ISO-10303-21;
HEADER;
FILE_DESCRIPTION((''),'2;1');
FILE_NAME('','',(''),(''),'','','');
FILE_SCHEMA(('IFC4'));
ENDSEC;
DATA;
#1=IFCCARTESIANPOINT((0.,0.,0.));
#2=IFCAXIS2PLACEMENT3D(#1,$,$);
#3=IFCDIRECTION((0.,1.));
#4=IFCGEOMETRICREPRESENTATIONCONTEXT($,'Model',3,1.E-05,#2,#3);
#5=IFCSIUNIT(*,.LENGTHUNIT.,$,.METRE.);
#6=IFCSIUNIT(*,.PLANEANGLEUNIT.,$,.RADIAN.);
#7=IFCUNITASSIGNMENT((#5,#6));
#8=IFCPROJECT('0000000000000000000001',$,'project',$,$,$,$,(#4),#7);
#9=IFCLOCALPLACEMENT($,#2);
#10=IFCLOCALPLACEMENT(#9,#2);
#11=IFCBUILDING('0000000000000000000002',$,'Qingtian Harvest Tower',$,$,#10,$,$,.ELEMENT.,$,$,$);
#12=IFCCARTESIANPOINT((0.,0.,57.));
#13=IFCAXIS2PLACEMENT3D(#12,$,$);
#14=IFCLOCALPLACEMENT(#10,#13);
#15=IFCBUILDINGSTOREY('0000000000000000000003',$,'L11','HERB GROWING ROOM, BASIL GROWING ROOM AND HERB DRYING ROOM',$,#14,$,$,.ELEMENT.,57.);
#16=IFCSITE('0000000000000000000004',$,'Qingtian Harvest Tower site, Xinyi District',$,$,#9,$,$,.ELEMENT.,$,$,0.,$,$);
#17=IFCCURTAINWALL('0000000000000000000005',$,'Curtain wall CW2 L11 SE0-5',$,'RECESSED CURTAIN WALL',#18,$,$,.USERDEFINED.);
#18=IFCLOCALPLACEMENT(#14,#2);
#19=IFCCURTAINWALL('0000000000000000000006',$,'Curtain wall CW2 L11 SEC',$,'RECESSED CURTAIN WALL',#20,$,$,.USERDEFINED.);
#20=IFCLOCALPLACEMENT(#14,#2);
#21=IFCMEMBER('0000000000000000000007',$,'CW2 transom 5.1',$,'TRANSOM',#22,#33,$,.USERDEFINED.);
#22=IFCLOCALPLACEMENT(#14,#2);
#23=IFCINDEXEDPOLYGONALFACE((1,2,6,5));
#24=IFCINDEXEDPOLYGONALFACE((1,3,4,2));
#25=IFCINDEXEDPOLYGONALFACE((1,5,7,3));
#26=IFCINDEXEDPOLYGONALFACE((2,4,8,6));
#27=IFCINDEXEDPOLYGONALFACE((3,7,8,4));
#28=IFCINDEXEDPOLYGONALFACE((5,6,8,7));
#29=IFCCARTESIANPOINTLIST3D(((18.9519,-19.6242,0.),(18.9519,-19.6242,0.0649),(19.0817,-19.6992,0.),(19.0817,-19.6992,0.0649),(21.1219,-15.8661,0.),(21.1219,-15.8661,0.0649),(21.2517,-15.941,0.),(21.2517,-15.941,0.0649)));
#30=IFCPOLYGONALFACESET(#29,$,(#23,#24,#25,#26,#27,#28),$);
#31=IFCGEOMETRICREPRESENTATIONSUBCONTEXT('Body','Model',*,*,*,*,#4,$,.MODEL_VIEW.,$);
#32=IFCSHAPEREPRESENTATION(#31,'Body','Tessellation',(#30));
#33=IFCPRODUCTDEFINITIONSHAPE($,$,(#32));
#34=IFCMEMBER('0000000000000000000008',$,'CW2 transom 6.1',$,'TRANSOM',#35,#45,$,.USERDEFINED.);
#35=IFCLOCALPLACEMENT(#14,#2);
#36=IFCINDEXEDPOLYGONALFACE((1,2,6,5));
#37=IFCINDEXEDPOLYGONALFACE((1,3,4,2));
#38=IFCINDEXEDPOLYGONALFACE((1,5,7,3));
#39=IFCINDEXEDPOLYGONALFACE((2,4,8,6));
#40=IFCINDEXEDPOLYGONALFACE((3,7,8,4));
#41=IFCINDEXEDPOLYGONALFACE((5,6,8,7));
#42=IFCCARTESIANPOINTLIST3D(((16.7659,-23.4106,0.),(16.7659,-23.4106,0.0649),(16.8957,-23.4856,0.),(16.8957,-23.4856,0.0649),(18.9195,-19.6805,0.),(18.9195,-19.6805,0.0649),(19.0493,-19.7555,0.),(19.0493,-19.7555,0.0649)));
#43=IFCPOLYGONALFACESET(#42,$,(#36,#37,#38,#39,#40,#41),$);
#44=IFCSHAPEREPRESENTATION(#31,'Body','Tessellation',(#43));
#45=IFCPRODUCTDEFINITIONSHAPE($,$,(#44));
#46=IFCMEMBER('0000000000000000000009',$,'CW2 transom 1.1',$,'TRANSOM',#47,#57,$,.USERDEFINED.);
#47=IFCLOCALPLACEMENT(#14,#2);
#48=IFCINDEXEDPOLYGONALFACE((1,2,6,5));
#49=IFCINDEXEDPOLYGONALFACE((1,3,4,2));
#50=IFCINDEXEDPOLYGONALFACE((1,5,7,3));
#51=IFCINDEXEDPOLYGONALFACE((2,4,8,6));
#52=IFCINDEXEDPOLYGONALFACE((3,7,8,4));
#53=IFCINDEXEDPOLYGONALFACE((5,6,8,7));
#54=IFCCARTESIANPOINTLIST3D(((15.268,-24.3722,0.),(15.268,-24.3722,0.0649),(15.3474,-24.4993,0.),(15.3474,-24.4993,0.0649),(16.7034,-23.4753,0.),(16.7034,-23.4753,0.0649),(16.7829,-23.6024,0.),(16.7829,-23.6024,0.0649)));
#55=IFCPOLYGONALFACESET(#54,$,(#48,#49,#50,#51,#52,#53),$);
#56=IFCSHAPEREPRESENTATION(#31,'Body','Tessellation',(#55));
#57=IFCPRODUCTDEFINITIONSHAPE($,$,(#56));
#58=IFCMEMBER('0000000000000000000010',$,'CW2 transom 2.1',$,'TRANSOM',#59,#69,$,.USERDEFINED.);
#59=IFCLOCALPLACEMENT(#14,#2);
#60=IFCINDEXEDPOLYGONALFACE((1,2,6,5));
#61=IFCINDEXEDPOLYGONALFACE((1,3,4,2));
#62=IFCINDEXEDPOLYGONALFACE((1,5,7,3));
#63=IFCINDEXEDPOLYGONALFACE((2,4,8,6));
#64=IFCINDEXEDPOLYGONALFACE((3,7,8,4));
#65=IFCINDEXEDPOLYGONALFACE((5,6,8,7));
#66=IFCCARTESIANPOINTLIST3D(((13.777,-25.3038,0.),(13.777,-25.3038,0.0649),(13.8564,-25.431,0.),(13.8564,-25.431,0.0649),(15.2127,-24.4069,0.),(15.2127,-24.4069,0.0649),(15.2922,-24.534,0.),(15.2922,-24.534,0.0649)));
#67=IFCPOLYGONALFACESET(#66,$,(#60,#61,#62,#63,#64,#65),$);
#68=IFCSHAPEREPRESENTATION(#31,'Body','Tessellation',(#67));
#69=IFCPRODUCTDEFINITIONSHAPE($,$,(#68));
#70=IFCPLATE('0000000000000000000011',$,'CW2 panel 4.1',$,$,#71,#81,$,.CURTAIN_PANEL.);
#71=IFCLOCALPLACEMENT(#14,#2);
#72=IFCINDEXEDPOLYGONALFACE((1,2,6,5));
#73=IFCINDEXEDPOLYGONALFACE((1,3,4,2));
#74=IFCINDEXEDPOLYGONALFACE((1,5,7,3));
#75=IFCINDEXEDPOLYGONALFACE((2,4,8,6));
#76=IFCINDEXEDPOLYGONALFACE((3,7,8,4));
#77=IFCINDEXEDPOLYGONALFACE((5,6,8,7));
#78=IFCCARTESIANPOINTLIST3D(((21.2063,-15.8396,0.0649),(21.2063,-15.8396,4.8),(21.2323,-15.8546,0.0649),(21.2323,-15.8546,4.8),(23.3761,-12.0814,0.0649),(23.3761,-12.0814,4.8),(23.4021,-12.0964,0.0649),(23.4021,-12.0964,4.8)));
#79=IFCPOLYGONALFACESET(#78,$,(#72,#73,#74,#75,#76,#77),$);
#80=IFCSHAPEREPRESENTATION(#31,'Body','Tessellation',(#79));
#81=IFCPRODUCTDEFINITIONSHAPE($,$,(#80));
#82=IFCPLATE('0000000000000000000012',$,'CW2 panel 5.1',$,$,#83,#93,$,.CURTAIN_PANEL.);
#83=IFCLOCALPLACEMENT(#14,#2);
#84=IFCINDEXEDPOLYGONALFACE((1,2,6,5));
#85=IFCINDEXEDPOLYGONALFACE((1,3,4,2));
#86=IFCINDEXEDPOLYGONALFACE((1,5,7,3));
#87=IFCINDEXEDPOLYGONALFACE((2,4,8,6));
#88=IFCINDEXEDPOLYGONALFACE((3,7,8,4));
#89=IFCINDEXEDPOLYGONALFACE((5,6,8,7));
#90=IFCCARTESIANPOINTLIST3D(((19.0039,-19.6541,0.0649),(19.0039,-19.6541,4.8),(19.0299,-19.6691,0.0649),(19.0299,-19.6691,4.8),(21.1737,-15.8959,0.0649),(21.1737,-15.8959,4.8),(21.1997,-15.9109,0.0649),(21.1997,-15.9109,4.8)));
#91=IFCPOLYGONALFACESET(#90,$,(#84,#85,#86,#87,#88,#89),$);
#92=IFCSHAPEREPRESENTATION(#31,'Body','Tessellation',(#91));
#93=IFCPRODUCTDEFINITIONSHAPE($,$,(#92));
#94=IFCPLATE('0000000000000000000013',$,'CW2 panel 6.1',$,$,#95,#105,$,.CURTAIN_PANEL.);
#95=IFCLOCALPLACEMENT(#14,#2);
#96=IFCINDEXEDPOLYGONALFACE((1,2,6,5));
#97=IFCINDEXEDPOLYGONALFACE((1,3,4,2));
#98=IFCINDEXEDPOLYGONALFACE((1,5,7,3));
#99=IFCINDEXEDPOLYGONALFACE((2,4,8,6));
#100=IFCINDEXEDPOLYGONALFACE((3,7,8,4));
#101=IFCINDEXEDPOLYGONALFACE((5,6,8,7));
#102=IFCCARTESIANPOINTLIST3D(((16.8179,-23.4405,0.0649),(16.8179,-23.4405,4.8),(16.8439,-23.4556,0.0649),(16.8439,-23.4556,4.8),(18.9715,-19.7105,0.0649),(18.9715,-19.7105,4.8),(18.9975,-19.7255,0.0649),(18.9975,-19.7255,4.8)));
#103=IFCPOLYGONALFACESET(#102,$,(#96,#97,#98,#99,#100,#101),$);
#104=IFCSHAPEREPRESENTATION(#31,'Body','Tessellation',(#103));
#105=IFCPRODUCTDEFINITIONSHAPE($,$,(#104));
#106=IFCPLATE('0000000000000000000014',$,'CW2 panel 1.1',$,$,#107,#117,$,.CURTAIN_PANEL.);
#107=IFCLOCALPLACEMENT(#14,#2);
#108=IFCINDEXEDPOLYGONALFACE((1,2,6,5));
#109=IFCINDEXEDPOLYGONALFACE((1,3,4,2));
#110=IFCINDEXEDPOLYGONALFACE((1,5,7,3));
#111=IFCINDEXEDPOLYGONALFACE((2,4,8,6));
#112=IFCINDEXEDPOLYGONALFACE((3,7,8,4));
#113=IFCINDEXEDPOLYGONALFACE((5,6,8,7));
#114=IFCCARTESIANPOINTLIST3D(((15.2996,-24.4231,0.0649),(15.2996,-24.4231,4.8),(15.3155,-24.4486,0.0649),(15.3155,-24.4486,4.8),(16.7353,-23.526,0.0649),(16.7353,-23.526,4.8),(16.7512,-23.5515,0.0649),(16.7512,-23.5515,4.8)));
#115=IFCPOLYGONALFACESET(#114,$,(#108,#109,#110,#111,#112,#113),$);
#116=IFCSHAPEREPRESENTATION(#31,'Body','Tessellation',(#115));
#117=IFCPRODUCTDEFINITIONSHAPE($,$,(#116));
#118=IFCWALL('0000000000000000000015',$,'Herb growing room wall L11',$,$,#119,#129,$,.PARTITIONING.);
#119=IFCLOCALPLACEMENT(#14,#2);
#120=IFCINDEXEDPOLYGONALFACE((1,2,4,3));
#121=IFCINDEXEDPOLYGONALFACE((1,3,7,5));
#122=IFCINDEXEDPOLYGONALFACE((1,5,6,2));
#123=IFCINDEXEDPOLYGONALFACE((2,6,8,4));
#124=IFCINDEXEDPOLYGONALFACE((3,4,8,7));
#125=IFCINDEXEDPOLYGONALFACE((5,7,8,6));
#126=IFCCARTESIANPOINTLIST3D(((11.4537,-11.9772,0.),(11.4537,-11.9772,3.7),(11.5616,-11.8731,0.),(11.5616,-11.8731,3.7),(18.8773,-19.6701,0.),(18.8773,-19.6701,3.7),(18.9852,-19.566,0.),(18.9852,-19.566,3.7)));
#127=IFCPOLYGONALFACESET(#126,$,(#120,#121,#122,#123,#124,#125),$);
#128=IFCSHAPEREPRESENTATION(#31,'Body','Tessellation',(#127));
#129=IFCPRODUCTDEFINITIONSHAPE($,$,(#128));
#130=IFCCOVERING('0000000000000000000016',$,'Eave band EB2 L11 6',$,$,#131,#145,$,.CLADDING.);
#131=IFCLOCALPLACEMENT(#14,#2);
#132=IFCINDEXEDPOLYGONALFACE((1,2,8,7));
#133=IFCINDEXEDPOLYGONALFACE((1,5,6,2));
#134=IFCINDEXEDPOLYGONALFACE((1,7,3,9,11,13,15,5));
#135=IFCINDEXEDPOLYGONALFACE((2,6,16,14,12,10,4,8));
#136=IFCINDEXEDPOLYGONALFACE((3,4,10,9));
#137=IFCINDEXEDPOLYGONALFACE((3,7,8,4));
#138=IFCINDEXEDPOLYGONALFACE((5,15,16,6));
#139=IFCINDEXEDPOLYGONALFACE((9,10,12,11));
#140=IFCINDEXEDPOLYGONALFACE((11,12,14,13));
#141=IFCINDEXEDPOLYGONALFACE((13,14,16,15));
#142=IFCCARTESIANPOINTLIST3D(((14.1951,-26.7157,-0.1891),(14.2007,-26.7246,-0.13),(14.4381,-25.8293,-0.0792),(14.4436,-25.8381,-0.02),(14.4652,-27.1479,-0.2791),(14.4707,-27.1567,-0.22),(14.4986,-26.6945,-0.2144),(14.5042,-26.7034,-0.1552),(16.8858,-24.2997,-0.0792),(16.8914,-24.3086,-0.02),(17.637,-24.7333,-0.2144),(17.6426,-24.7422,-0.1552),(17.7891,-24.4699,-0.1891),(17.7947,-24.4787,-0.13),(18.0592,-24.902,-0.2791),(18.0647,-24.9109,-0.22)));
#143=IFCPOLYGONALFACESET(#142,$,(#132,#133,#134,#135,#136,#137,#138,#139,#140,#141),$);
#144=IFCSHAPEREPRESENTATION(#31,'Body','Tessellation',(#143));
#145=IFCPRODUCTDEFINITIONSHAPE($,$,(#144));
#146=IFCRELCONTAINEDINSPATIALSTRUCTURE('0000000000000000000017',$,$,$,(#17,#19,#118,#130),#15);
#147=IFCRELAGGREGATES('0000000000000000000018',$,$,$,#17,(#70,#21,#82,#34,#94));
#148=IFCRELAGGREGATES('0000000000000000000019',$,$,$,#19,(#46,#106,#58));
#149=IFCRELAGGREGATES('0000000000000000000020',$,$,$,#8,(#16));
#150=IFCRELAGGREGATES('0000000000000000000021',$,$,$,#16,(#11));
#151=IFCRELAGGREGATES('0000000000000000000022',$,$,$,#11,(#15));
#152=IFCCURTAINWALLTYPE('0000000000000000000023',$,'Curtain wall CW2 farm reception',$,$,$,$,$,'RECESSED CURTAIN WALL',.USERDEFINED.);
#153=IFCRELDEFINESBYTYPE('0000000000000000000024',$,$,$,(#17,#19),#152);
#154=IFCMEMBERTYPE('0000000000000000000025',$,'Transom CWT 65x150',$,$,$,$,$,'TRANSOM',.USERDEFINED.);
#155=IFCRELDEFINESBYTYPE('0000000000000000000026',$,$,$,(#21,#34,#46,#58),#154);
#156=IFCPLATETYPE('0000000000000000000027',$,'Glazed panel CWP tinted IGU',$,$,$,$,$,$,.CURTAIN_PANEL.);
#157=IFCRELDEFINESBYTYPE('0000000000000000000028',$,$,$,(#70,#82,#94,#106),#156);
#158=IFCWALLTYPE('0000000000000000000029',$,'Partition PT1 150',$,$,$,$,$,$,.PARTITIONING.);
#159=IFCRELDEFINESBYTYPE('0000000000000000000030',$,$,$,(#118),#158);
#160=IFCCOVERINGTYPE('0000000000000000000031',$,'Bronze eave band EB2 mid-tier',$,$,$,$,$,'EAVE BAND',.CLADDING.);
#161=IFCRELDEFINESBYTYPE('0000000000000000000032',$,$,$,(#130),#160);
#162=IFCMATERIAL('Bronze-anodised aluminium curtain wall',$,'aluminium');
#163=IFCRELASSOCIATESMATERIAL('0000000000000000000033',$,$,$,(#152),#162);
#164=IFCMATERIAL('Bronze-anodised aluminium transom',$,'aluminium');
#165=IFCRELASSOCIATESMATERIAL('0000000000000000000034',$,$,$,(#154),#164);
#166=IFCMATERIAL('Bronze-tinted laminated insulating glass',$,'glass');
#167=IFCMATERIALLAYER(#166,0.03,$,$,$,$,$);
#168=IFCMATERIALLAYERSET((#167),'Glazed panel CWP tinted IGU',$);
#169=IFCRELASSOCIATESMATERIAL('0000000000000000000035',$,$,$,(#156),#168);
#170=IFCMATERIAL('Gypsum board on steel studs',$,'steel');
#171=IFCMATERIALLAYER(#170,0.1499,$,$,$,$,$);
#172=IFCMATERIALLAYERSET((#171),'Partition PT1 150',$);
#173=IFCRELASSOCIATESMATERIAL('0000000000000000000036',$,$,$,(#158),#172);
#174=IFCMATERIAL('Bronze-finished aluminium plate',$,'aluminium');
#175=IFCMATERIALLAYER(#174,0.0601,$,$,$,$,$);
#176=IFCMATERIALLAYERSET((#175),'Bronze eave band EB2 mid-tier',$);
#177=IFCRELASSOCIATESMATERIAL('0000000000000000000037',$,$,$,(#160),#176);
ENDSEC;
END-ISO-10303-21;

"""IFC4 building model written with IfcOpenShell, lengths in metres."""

from ifc_helpers import new_model, si_unit, direction, frame, frame_2d, origin, origin_2d, place, context, subcontext, project, spatial, polyline, rectangle, outline, extrude, material, layer, layer_set, material_profile, profile_set, type_object, element, aggregate, save


model = new_model("IFC4")

# Units and contexts
model_context = context("Model", 3, precision=1e-05, world=origin(), true_north=direction((0.0, 1.0)))
body_context = subcontext(model_context, "Body", "Model", "MODEL_VIEW")
ifc_project = project(units=[si_unit("LENGTHUNIT", "METRE"), si_unit("PLANEANGLEUNIT", "RADIAN")], contexts=[model_context])

# Site, building, storey
site_placement = place(None, origin())
site = spatial("IfcSite", under=ifc_project, at=site_placement, Name="Qingtian Harvest Tower site, Xinyi District", CompositionType="ELEMENT", RefElevation=0.0)
building_placement = place(site_placement, origin())
building = spatial("IfcBuilding", under=site, at=building_placement, Name="Qingtian Harvest Tower", CompositionType="ELEMENT")
storey_placement = place(building_placement, frame((0.0, 0.0, 57.0)))
storey = spatial("IfcBuildingStorey", under=building, at=storey_placement, Name="L11", Description="HERB GROWING ROOM, BASIL GROWING ROOM AND HERB DRYING ROOM", CompositionType="ELEMENT", Elevation=57.0)

# Curtain walls
ifc_material_1 = material(Name="Bronze-anodised aluminium curtain wall", Category="aluminium")
curtain_wall_type = type_object("IfcCurtainWallType", Name="Curtain wall CW2 farm reception", ElementType="RECESSED CURTAIN WALL", PredefinedType="USERDEFINED", material=ifc_material_1)
curtain_wall_1_placement = place(storey_placement, origin())
curtain_wall_1 = element("IfcCurtainWall", 1, at=curtain_wall_1_placement, inside=storey, type_object=curtain_wall_type, Name="Curtain wall CW2 L11 SE0-5", ObjectType="RECESSED CURTAIN WALL", PredefinedType="USERDEFINED")
curtain_wall_2_placement = place(storey_placement, origin())
curtain_wall_2 = element("IfcCurtainWall", 2, at=curtain_wall_2_placement, inside=storey, type_object=curtain_wall_type, Name="Curtain wall CW2 L11 SEC", ObjectType="RECESSED CURTAIN WALL", PredefinedType="USERDEFINED")

# Members
ifc_material_2 = material(Name="Bronze-anodised aluminium transom", Category="aluminium")
ifc_material_profile_1 = material_profile(ifc_material_2, rectangle(XDim=0.1499, YDim=0.0649, at=origin_2d()), Name="AL 65x150")
ifc_profile_set_1 = profile_set([ifc_material_profile_1], Name="Bronze-anodised aluminium transom")
member_type_1 = type_object("IfcMemberType", Name="Transom CWT 65x150", ElementType="TRANSOM", PredefinedType="USERDEFINED", material=ifc_profile_set_1)
member_1_placement = place(storey_placement, frame((21.1868, -15.9036, 0.0325), z_axis=(-0.500036, -0.866005, 0.0), x_axis=(0.866005, -0.500036, 0.0)))
member_1 = element("IfcMember", 3, at=member_1_placement, type_object=member_type_1, Name="CW2 transom 5.1", ObjectType="TRANSOM", PredefinedType="USERDEFINED", context=body_context, shape_type="SweptSolid", body=[
    extrude(rectangle(XDim=0.1499, YDim=0.0649, at=origin_2d()), origin(), (0.0, 0.0, 1.0), 4.3396),
])
member_2_placement = place(storey_placement, frame((18.9844, -19.718, 0.0325), z_axis=(-0.50001, -0.866019, 0.0), x_axis=(0.866019, -0.50001, 0.0)))
member_2 = element("IfcMember", 4, at=member_2_placement, type_object=member_type_1, Name="CW2 transom 6.1", ObjectType="TRANSOM", PredefinedType="USERDEFINED", context=body_context, shape_type="SweptSolid", body=[
    extrude(rectangle(XDim=0.1499, YDim=0.0649, at=origin_2d()), origin(), (0.0, 0.0, 1.0), 4.3071),
])
member_3_placement = place(storey_placement, frame((16.7432, -23.5388, 0.0325), z_axis=(-0.848063, -0.529895, 0.0), x_axis=(0.529895, -0.848063, 0.0)))
member_3 = element("IfcMember", 5, at=member_3_placement, type_object=member_type_1, Name="CW2 transom 1.1", ObjectType="TRANSOM", PredefinedType="USERDEFINED", context=body_context, shape_type="SweptSolid", body=[
    extrude(rectangle(XDim=0.1499, YDim=0.0649, at=origin_2d()), origin(), (0.0, 0.0, 1.0), 1.6926),
])
member_4_placement = place(storey_placement, frame((15.2524, -24.4705, 0.0325), z_axis=(-0.848104, -0.52983, 0.0), x_axis=(0.52983, -0.848104, 0.0)))
member_4 = element("IfcMember", 6, at=member_4_placement, type_object=member_type_1, Name="CW2 transom 2.1", ObjectType="TRANSOM", PredefinedType="USERDEFINED", context=body_context, shape_type="SweptSolid", body=[
    extrude(rectangle(XDim=0.1499, YDim=0.0649, at=origin_2d()), origin(), (0.0, 0.0, 1.0), 1.6929),
])

# Plates
ifc_material_3 = material(Name="Bronze-tinted laminated insulating glass", Category="glass")
ifc_layer_1 = layer(ifc_material_3, 0.03)
ifc_layer_set_1 = layer_set([ifc_layer_1], Name="Glazed panel CWP tinted IGU")
plate_type = type_object("IfcPlateType", Name="Glazed panel CWP tinted IGU", PredefinedType="CURTAIN_PANEL", material=ifc_layer_set_1)
plate_1_placement = place(storey_placement, frame((22.3042, -13.968, 0.0649), z_axis=(0.0, 0.0, 1.0), x_axis=(-0.5, -0.866025, 0.0)))
plate_1 = element("IfcPlate", 7, at=plate_1_placement, type_object=plate_type, Name="CW2 panel 4.1", PredefinedType="CURTAIN_PANEL", context=body_context, shape_type="SweptSolid", body=[
    extrude(rectangle(XDim=4.3396, YDim=0.03, at=origin_2d()), origin(), (0.0, 0.0, 1.0), 4.7351),
])
plate_2_placement = place(storey_placement, frame((20.1018, -17.7825, 0.0649), z_axis=(0.0, 0.0, 1.0), x_axis=(-0.5, -0.866025, 0.0)))
plate_2 = element("IfcPlate", 8, at=plate_2_placement, type_object=plate_type, Name="CW2 panel 5.1", PredefinedType="CURTAIN_PANEL", context=body_context, shape_type="SweptSolid", body=[
    extrude(rectangle(XDim=4.3396, YDim=0.03, at=origin_2d()), origin(), (0.0, 0.0, 1.0), 4.7351),
])
plate_3_placement = place(storey_placement, frame((17.9077, -21.583, 0.0649), z_axis=(0.0, 0.0, 1.0), x_axis=(-0.5, -0.866025, 0.0)))
plate_3 = element("IfcPlate", 9, at=plate_3_placement, type_object=plate_type, Name="CW2 panel 6.1", PredefinedType="CURTAIN_PANEL", context=body_context, shape_type="SweptSolid", body=[
    extrude(rectangle(XDim=4.3071, YDim=0.03, at=origin_2d()), origin(), (0.0, 0.0, 1.0), 4.7351),
])
aggregate(curtain_wall_1, [plate_1, member_1, plate_2, member_2, plate_3])
plate_4_placement = place(storey_placement, frame((16.0254, -23.9873, 0.0649), z_axis=(0.0, 0.0, 1.0), x_axis=(-0.848048, -0.529919, 0.0)))
plate_4 = element("IfcPlate", 10, at=plate_4_placement, type_object=plate_type, Name="CW2 panel 1.1", PredefinedType="CURTAIN_PANEL", context=body_context, shape_type="SweptSolid", body=[
    extrude(rectangle(XDim=1.6929, YDim=0.03, at=origin_2d()), origin(), (0.0, 0.0, 1.0), 4.7351),
])
aggregate(curtain_wall_2, [member_3, plate_4, member_4])

# Wall
ifc_material_4 = material(Name="Gypsum board on steel studs", Category="steel")
ifc_layer_2 = layer(ifc_material_4, 0.1499)
ifc_layer_set_2 = layer_set([ifc_layer_2], Name="Partition PT1 150")
wall_type = type_object("IfcWallType", Name="Partition PT1 150", PredefinedType="PARTITIONING", material=ifc_layer_set_2)
wall_placement = place(storey_placement, frame((18.9312, -19.6179, 0.0), z_axis=(0.0, 0.0, 1.0), x_axis=(-0.6944, 0.719589, 0.0)))
element("IfcWall", 11, at=wall_placement, inside=storey, type_object=wall_type, Name="Herb growing room wall L11", PredefinedType="PARTITIONING", context=body_context, shape_type="SweptSolid", body=[
    extrude(rectangle(XDim=10.6907, YDim=0.1499, at=frame_2d((5.3452, 0.0))), origin(), (0.0, 0.0, 1.0), 3.7),
])

# Covering
ifc_material_5 = material(Name="Bronze-finished aluminium plate", Category="aluminium")
ifc_layer_3 = layer(ifc_material_5, 0.0601)
ifc_layer_set_3 = layer_set([ifc_layer_3], Name="Bronze eave band EB2 mid-tier")
covering_type = type_object("IfcCoveringType", Name="Bronze eave band EB2 mid-tier", ElementType="EAVE BAND", PredefinedType="CLADDING", material=ifc_layer_set_3)
covering_placement = place(storey_placement, frame((16.8914, -24.3086, -0.02), z_axis=(0.092132, -0.147438, 0.984771), x_axis=(0.855751, -0.493933, -0.154012)))
element("IfcCovering", 12, at=covering_placement, inside=storey, type_object=covering_type, Name="Eave band EB2 L11 6", PredefinedType="CLADDING", context=body_context, shape_type="SweptSolid", body=[
    extrude(outline(polyline([(0.0, 0.0), (0.8779, 0.0), (0.874, 0.3052), (1.3324, 0.0651), (-0.6339, -3.6891), (-1.0923, -3.449), (-0.8392, -3.2784), (-1.3392, -2.5569), (0.0, 0.0)])), origin(), (0.0, 0.0, -1.0), 0.0601),
])

save(model, "model.ifc")
